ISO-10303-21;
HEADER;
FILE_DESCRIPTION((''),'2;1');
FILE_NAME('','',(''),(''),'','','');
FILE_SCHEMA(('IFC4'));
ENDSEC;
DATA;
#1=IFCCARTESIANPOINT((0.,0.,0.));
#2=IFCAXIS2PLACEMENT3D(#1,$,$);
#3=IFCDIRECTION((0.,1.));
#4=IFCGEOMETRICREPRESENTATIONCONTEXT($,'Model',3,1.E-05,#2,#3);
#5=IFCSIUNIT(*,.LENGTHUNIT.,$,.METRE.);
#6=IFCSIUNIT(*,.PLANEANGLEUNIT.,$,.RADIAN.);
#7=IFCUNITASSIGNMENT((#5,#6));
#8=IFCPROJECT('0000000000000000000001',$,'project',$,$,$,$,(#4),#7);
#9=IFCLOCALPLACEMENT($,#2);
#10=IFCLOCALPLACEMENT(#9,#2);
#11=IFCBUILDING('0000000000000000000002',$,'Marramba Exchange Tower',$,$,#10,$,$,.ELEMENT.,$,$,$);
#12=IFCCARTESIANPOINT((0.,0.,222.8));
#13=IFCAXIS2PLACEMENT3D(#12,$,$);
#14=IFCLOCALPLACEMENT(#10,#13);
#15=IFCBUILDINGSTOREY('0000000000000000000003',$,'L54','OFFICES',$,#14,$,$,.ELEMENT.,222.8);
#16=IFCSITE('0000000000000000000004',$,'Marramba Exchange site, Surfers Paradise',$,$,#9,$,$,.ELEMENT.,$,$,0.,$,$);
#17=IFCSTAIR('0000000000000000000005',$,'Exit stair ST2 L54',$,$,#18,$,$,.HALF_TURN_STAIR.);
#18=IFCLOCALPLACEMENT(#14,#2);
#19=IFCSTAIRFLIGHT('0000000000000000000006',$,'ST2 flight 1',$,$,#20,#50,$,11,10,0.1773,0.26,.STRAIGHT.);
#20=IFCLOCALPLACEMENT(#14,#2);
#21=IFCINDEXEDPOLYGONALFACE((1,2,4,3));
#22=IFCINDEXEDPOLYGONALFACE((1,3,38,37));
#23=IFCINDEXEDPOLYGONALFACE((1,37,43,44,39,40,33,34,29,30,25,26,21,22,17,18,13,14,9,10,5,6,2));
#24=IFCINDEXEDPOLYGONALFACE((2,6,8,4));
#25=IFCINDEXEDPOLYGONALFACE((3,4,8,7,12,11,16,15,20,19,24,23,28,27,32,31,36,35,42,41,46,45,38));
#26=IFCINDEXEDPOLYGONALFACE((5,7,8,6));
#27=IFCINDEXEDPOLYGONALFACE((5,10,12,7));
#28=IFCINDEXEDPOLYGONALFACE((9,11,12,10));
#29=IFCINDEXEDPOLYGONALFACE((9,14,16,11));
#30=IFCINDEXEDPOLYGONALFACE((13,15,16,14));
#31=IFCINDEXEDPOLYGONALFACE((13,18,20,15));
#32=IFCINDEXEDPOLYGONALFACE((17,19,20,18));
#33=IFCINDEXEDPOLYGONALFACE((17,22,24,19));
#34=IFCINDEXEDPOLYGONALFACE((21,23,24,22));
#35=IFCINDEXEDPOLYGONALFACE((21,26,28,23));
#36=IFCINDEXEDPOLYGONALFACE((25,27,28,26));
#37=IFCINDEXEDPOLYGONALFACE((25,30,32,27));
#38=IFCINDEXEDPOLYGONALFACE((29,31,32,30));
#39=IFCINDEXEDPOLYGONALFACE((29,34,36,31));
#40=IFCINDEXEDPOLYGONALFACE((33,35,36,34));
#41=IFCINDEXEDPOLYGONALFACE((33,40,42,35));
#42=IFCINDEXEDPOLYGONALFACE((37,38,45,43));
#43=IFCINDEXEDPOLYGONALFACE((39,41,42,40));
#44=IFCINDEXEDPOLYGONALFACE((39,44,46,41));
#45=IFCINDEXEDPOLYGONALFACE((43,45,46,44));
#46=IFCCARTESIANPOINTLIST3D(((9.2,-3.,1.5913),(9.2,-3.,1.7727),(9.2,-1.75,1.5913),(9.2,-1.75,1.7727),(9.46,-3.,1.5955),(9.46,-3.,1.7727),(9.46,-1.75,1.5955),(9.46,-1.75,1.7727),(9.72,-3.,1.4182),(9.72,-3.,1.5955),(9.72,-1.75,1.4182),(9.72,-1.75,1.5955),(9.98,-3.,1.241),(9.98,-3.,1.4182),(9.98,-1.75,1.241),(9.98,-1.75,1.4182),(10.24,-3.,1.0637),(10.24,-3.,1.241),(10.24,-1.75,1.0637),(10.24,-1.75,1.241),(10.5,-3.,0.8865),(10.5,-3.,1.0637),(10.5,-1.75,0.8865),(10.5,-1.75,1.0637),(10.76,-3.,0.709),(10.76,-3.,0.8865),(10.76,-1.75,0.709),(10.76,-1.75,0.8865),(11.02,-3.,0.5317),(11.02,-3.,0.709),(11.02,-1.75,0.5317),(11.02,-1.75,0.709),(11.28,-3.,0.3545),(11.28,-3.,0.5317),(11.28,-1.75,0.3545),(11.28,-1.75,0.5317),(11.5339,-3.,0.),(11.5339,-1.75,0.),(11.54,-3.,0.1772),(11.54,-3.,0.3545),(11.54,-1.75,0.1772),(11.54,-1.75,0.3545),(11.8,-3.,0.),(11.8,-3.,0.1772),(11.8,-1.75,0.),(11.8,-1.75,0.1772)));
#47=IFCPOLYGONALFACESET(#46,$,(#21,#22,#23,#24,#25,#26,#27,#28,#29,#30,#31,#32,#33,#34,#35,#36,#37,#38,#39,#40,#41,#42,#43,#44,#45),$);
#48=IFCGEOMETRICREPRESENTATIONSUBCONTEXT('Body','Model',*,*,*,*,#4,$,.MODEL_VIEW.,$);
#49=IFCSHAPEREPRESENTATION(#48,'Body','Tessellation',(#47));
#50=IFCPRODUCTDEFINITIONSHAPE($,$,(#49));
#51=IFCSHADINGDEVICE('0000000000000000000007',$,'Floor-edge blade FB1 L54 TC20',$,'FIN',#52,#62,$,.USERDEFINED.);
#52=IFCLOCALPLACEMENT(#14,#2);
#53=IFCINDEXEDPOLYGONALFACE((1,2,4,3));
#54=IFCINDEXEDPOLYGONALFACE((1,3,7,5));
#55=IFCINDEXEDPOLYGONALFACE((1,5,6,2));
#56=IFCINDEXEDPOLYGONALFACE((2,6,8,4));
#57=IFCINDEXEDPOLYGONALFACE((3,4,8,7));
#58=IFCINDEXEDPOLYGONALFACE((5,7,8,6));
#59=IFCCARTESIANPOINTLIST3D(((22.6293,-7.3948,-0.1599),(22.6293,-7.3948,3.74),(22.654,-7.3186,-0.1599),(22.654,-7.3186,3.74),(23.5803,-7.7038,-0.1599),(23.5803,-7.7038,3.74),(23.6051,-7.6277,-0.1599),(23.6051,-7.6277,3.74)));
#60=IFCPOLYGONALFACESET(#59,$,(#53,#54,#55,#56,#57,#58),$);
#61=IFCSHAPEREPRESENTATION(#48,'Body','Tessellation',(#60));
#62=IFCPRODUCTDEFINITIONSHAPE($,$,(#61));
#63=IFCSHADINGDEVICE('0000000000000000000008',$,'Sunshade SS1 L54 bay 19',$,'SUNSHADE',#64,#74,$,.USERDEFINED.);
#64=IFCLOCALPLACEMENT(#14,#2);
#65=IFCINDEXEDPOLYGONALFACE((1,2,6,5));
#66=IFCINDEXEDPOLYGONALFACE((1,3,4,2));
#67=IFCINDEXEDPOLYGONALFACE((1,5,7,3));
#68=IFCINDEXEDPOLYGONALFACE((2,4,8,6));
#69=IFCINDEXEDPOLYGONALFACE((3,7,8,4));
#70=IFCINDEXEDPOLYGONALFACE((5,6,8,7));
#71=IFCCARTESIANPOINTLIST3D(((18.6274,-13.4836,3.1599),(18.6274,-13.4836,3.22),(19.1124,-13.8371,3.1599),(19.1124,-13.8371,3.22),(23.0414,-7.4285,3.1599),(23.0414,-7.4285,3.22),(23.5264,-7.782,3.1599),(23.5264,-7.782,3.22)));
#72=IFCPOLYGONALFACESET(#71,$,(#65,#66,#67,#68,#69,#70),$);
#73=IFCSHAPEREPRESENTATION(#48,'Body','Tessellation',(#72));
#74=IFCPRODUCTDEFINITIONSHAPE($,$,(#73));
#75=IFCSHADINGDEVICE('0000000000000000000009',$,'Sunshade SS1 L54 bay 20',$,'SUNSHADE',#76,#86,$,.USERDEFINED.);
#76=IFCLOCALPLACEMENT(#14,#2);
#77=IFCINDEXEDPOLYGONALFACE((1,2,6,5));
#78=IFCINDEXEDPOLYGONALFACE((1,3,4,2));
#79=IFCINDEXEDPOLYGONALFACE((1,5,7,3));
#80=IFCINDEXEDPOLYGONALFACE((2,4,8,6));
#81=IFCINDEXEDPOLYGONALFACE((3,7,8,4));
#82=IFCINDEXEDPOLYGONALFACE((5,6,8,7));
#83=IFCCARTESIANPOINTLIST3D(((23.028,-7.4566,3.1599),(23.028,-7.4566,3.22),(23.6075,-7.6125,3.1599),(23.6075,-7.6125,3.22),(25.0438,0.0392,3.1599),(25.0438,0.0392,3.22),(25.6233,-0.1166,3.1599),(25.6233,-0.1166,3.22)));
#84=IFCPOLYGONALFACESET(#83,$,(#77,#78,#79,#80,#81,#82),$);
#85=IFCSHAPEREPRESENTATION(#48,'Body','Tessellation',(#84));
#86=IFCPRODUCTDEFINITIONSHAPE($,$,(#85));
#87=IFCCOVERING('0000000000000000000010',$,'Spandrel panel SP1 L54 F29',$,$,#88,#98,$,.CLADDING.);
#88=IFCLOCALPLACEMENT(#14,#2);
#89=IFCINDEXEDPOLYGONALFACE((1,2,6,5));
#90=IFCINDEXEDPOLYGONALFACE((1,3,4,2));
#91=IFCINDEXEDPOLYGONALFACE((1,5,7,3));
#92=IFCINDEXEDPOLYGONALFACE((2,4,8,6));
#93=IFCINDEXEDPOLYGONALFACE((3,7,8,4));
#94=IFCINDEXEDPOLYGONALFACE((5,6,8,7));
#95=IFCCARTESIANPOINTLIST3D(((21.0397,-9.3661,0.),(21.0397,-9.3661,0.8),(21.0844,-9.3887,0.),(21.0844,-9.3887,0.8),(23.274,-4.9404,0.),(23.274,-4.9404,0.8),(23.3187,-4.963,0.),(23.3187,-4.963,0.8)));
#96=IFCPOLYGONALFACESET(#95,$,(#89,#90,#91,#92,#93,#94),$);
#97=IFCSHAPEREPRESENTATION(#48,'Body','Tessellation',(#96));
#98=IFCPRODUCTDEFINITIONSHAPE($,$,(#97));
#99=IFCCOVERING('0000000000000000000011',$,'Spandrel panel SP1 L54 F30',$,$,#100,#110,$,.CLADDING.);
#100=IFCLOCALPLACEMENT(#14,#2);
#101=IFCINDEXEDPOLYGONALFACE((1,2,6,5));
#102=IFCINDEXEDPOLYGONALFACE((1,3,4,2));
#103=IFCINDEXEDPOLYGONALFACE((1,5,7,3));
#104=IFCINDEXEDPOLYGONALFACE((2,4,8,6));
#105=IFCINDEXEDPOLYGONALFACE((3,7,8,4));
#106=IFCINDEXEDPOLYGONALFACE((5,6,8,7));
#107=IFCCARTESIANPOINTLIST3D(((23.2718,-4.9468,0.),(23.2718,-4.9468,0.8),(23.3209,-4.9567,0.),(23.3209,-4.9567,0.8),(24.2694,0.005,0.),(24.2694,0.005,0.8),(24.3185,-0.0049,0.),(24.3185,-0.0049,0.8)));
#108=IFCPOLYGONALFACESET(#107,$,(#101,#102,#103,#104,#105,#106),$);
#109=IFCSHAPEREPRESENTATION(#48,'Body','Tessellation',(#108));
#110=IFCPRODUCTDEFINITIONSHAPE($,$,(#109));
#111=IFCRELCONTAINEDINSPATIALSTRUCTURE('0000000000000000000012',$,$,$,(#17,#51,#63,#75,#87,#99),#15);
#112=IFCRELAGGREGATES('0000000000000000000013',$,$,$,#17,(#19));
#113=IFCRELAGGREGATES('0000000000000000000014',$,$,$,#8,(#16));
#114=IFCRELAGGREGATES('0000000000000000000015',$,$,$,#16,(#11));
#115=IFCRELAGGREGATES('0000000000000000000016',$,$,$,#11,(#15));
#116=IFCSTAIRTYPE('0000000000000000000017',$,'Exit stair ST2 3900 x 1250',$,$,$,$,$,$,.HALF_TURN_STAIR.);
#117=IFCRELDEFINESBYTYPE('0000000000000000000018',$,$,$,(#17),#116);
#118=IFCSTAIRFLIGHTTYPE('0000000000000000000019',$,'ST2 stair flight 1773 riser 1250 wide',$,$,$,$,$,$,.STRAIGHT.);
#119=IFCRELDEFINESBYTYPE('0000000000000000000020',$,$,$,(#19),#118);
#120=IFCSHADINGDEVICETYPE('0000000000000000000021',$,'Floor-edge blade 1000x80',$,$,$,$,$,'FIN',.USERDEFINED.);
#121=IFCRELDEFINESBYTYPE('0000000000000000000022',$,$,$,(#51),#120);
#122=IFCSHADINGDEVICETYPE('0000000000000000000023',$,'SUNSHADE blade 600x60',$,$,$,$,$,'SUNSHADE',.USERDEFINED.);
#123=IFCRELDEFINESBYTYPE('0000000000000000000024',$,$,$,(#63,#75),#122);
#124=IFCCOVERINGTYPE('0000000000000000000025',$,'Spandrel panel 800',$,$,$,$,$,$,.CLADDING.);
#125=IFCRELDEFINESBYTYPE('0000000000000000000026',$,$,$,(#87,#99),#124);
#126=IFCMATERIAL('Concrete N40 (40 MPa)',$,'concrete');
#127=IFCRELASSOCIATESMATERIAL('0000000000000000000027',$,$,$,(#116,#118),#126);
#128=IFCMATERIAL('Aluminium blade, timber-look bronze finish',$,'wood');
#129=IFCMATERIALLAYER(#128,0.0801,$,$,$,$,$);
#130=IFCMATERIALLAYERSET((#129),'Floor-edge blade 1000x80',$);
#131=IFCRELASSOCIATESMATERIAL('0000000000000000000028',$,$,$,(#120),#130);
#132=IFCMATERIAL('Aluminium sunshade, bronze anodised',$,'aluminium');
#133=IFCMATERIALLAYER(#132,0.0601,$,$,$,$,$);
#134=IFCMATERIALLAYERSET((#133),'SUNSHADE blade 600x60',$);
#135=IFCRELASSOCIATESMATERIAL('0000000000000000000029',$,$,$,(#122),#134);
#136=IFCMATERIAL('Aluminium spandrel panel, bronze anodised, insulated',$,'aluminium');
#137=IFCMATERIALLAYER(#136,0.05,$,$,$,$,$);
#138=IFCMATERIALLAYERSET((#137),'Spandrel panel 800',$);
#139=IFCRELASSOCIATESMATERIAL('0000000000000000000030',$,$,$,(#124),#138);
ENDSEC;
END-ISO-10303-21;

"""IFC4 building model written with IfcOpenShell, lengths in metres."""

from ifc_helpers import new_model, si_unit, direction, frame, origin, origin_2d, place, context, subcontext, project, spatial, polyline, rectangle, outline, extrude, material, layer, layer_set, type_object, element, aggregate, save


model = new_model("IFC4")

# Units and contexts
model_context = context("Model", 3, precision=1e-05, world=origin(), true_north=direction((0.0, 1.0)))
body_context = subcontext(model_context, "Body", "Model", "MODEL_VIEW")
ifc_project = project(units=[si_unit("LENGTHUNIT", "METRE"), si_unit("PLANEANGLEUNIT", "RADIAN")], contexts=[model_context])

# Site, building, storey
site_placement = place(None, origin())
site = spatial("IfcSite", under=ifc_project, at=site_placement, Name="Marramba Exchange site, Surfers Paradise", CompositionType="ELEMENT", RefElevation=0.0)
building_placement = place(site_placement, origin())
building = spatial("IfcBuilding", under=site, at=building_placement, Name="Marramba Exchange Tower", CompositionType="ELEMENT")
storey_placement = place(building_placement, frame((0.0, 0.0, 222.8)))
storey = spatial("IfcBuildingStorey", under=building, at=storey_placement, Name="L54", Description="OFFICES", CompositionType="ELEMENT", Elevation=222.8)

# Stair, stair flight
ifc_material_1 = material(Name="Concrete N40 (40 MPa)", Category="concrete")
stair_type = type_object("IfcStairType", Name="Exit stair ST2 3900 x 1250", PredefinedType="HALF_TURN_STAIR", material=ifc_material_1)
stair_placement = place(storey_placement, origin())
stair = element("IfcStair", 1, at=stair_placement, inside=storey, type_object=stair_type, Name="Exit stair ST2 L54", PredefinedType="HALF_TURN_STAIR")
stair_flight_type = type_object("IfcStairFlightType", Name="ST2 stair flight 1773 riser 1250 wide", PredefinedType="STRAIGHT", material=ifc_material_1)
stair_flight_placement = place(storey_placement, frame((11.8, -2.375, 0.0), z_axis=(0.0, 0.0, 1.0), x_axis=(-1.0, 0.0, 0.0)))
stair_flight = element("IfcStairFlight", 2, at=stair_flight_placement, type_object=stair_flight_type, Name="ST2 flight 1", NumberOfRisers=11, NumberOfTreads=10, PredefinedType="STRAIGHT", RiserHeight=0.1773, TreadLength=0.26, context=body_context, shape_type="SweptSolid", body=[
    extrude(outline(polyline([(0.0, 0.0), (0.0, 0.1772), (0.26, 0.1772), (0.26, 0.3545), (0.52, 0.3545), (0.52, 0.5317), (0.78, 0.5317), (0.78, 0.709), (1.04, 0.709), (1.04, 0.8865), (1.3, 0.8865), (1.3, 1.0637), (1.5601, 1.0637), (1.5601, 1.241), (1.8201, 1.241), (1.8201, 1.4182), (2.0801, 1.4182), (2.0801, 1.5955), (2.3401, 1.5955), (2.3401, 1.7727), (2.6001, 1.7727), (2.6001, 1.95), (2.6001, 1.5913), (0.2661, 0.0), (0.0, 0.0)])), frame((0.0, 0.625, 0.0), z_axis=(0.0, -1.0, 0.0), x_axis=(1.0, 0.0, 0.0)), (0.0, 0.0, 1.0), 1.25),
])
aggregate(stair, [stair_flight])

# Shading devices
ifc_material_2 = material(Name="Aluminium blade, timber-look bronze finish", Category="wood")
ifc_layer_1 = layer(ifc_material_2, 0.0801)
ifc_layer_set_1 = layer_set([ifc_layer_1], Name="Floor-edge blade 1000x80")
shading_device_type_1 = type_object("IfcShadingDeviceType", Name="Floor-edge blade 1000x80", ElementType="FIN", PredefinedType="USERDEFINED", material=ifc_layer_set_1)
shading_device_1_placement = place(storey_placement, frame((23.1172, -7.5112, -0.1599), z_axis=(0.0, 0.0, 1.0), x_axis=(0.951057, -0.309017, 0.0)))
element("IfcShadingDevice", 3, at=shading_device_1_placement, inside=storey, type_object=shading_device_type_1, Name="Floor-edge blade FB1 L54 TC20", ObjectType="FIN", PredefinedType="USERDEFINED", context=body_context, shape_type="SweptSolid", body=[
    extrude(rectangle(XDim=1.0, YDim=0.0801, at=origin_2d()), origin(), (0.0, 0.0, 1.0), 3.8999),
])
ifc_material_3 = material(Name="Aluminium sunshade, bronze anodised", Category="aluminium")
ifc_layer_2 = layer(ifc_material_3, 0.0601)
ifc_layer_set_2 = layer_set([ifc_layer_2], Name="SUNSHADE blade 600x60")
shading_device_type_2 = type_object("IfcShadingDeviceType", Name="SUNSHADE blade 600x60", ElementType="SUNSHADE", PredefinedType="USERDEFINED", material=ifc_layer_set_2)
shading_device_2_placement = place(storey_placement, frame((21.0769, -10.6328, 3.1599), z_axis=(0.0, 0.0, 1.0), x_axis=(0.589072, 0.808081, 0.0)))
element("IfcShadingDevice", 4, at=shading_device_2_placement, inside=storey, type_object=shading_device_type_2, Name="Sunshade SS1 L54 bay 19", ObjectType="SUNSHADE", PredefinedType="USERDEFINED", context=body_context, shape_type="SweptSolid", body=[
    extrude(rectangle(XDim=7.4932, YDim=0.6001, at=origin_2d()), origin(), (0.0, 0.0, 1.0), 0.0601),
])
shading_device_3_placement = place(storey_placement, frame((24.3257, -3.7866, 3.1599), z_axis=(0.0, 0.0, 1.0), x_axis=(0.259692, 0.965691, 0.0)))
element("IfcShadingDevice", 5, at=shading_device_3_placement, inside=storey, type_object=shading_device_type_2, Name="Sunshade SS1 L54 bay 20", ObjectType="SUNSHADE", PredefinedType="USERDEFINED", context=body_context, shape_type="SweptSolid", body=[
    extrude(rectangle(XDim=7.7622, YDim=0.6001, at=origin_2d()), origin(), (0.0, 0.0, 1.0), 0.0601),
])

# Coverings
ifc_material_4 = material(Name="Aluminium spandrel panel, bronze anodised, insulated", Category="aluminium")
ifc_layer_3 = layer(ifc_material_4, 0.05)
ifc_layer_set_3 = layer_set([ifc_layer_3], Name="Spandrel panel 800")
covering_type = type_object("IfcCoveringType", Name="Spandrel panel 800", PredefinedType="CLADDING", material=ifc_layer_set_3)
covering_1_placement = place(storey_placement, frame((22.1792, -7.1646, 0.0), z_axis=(0.0, 0.0, 1.0), x_axis=(0.450673, 0.892689, 0.0)))
element("IfcCovering", 6, at=covering_1_placement, inside=storey, type_object=covering_type, Name="Spandrel panel SP1 L54 F29", PredefinedType="CLADDING", context=body_context, shape_type="SweptSolid", body=[
    extrude(rectangle(XDim=4.9578, YDim=0.05, at=origin_2d()), origin(), (0.0, 0.0, 1.0), 0.8),
])
covering_2_placement = place(storey_placement, frame((23.7952, -2.4758, 0.0), z_axis=(0.0, 0.0, 1.0), x_axis=(0.197495, 0.980304, 0.0)))
element("IfcCovering", 7, at=covering_2_placement, inside=storey, type_object=covering_type, Name="Spandrel panel SP1 L54 F30", PredefinedType="CLADDING", context=body_context, shape_type="SweptSolid", body=[
    extrude(rectangle(XDim=5.0513, YDim=0.05, at=origin_2d()), origin(), (0.0, 0.0, 1.0), 0.8),
])

save(model, "model.ifc")
